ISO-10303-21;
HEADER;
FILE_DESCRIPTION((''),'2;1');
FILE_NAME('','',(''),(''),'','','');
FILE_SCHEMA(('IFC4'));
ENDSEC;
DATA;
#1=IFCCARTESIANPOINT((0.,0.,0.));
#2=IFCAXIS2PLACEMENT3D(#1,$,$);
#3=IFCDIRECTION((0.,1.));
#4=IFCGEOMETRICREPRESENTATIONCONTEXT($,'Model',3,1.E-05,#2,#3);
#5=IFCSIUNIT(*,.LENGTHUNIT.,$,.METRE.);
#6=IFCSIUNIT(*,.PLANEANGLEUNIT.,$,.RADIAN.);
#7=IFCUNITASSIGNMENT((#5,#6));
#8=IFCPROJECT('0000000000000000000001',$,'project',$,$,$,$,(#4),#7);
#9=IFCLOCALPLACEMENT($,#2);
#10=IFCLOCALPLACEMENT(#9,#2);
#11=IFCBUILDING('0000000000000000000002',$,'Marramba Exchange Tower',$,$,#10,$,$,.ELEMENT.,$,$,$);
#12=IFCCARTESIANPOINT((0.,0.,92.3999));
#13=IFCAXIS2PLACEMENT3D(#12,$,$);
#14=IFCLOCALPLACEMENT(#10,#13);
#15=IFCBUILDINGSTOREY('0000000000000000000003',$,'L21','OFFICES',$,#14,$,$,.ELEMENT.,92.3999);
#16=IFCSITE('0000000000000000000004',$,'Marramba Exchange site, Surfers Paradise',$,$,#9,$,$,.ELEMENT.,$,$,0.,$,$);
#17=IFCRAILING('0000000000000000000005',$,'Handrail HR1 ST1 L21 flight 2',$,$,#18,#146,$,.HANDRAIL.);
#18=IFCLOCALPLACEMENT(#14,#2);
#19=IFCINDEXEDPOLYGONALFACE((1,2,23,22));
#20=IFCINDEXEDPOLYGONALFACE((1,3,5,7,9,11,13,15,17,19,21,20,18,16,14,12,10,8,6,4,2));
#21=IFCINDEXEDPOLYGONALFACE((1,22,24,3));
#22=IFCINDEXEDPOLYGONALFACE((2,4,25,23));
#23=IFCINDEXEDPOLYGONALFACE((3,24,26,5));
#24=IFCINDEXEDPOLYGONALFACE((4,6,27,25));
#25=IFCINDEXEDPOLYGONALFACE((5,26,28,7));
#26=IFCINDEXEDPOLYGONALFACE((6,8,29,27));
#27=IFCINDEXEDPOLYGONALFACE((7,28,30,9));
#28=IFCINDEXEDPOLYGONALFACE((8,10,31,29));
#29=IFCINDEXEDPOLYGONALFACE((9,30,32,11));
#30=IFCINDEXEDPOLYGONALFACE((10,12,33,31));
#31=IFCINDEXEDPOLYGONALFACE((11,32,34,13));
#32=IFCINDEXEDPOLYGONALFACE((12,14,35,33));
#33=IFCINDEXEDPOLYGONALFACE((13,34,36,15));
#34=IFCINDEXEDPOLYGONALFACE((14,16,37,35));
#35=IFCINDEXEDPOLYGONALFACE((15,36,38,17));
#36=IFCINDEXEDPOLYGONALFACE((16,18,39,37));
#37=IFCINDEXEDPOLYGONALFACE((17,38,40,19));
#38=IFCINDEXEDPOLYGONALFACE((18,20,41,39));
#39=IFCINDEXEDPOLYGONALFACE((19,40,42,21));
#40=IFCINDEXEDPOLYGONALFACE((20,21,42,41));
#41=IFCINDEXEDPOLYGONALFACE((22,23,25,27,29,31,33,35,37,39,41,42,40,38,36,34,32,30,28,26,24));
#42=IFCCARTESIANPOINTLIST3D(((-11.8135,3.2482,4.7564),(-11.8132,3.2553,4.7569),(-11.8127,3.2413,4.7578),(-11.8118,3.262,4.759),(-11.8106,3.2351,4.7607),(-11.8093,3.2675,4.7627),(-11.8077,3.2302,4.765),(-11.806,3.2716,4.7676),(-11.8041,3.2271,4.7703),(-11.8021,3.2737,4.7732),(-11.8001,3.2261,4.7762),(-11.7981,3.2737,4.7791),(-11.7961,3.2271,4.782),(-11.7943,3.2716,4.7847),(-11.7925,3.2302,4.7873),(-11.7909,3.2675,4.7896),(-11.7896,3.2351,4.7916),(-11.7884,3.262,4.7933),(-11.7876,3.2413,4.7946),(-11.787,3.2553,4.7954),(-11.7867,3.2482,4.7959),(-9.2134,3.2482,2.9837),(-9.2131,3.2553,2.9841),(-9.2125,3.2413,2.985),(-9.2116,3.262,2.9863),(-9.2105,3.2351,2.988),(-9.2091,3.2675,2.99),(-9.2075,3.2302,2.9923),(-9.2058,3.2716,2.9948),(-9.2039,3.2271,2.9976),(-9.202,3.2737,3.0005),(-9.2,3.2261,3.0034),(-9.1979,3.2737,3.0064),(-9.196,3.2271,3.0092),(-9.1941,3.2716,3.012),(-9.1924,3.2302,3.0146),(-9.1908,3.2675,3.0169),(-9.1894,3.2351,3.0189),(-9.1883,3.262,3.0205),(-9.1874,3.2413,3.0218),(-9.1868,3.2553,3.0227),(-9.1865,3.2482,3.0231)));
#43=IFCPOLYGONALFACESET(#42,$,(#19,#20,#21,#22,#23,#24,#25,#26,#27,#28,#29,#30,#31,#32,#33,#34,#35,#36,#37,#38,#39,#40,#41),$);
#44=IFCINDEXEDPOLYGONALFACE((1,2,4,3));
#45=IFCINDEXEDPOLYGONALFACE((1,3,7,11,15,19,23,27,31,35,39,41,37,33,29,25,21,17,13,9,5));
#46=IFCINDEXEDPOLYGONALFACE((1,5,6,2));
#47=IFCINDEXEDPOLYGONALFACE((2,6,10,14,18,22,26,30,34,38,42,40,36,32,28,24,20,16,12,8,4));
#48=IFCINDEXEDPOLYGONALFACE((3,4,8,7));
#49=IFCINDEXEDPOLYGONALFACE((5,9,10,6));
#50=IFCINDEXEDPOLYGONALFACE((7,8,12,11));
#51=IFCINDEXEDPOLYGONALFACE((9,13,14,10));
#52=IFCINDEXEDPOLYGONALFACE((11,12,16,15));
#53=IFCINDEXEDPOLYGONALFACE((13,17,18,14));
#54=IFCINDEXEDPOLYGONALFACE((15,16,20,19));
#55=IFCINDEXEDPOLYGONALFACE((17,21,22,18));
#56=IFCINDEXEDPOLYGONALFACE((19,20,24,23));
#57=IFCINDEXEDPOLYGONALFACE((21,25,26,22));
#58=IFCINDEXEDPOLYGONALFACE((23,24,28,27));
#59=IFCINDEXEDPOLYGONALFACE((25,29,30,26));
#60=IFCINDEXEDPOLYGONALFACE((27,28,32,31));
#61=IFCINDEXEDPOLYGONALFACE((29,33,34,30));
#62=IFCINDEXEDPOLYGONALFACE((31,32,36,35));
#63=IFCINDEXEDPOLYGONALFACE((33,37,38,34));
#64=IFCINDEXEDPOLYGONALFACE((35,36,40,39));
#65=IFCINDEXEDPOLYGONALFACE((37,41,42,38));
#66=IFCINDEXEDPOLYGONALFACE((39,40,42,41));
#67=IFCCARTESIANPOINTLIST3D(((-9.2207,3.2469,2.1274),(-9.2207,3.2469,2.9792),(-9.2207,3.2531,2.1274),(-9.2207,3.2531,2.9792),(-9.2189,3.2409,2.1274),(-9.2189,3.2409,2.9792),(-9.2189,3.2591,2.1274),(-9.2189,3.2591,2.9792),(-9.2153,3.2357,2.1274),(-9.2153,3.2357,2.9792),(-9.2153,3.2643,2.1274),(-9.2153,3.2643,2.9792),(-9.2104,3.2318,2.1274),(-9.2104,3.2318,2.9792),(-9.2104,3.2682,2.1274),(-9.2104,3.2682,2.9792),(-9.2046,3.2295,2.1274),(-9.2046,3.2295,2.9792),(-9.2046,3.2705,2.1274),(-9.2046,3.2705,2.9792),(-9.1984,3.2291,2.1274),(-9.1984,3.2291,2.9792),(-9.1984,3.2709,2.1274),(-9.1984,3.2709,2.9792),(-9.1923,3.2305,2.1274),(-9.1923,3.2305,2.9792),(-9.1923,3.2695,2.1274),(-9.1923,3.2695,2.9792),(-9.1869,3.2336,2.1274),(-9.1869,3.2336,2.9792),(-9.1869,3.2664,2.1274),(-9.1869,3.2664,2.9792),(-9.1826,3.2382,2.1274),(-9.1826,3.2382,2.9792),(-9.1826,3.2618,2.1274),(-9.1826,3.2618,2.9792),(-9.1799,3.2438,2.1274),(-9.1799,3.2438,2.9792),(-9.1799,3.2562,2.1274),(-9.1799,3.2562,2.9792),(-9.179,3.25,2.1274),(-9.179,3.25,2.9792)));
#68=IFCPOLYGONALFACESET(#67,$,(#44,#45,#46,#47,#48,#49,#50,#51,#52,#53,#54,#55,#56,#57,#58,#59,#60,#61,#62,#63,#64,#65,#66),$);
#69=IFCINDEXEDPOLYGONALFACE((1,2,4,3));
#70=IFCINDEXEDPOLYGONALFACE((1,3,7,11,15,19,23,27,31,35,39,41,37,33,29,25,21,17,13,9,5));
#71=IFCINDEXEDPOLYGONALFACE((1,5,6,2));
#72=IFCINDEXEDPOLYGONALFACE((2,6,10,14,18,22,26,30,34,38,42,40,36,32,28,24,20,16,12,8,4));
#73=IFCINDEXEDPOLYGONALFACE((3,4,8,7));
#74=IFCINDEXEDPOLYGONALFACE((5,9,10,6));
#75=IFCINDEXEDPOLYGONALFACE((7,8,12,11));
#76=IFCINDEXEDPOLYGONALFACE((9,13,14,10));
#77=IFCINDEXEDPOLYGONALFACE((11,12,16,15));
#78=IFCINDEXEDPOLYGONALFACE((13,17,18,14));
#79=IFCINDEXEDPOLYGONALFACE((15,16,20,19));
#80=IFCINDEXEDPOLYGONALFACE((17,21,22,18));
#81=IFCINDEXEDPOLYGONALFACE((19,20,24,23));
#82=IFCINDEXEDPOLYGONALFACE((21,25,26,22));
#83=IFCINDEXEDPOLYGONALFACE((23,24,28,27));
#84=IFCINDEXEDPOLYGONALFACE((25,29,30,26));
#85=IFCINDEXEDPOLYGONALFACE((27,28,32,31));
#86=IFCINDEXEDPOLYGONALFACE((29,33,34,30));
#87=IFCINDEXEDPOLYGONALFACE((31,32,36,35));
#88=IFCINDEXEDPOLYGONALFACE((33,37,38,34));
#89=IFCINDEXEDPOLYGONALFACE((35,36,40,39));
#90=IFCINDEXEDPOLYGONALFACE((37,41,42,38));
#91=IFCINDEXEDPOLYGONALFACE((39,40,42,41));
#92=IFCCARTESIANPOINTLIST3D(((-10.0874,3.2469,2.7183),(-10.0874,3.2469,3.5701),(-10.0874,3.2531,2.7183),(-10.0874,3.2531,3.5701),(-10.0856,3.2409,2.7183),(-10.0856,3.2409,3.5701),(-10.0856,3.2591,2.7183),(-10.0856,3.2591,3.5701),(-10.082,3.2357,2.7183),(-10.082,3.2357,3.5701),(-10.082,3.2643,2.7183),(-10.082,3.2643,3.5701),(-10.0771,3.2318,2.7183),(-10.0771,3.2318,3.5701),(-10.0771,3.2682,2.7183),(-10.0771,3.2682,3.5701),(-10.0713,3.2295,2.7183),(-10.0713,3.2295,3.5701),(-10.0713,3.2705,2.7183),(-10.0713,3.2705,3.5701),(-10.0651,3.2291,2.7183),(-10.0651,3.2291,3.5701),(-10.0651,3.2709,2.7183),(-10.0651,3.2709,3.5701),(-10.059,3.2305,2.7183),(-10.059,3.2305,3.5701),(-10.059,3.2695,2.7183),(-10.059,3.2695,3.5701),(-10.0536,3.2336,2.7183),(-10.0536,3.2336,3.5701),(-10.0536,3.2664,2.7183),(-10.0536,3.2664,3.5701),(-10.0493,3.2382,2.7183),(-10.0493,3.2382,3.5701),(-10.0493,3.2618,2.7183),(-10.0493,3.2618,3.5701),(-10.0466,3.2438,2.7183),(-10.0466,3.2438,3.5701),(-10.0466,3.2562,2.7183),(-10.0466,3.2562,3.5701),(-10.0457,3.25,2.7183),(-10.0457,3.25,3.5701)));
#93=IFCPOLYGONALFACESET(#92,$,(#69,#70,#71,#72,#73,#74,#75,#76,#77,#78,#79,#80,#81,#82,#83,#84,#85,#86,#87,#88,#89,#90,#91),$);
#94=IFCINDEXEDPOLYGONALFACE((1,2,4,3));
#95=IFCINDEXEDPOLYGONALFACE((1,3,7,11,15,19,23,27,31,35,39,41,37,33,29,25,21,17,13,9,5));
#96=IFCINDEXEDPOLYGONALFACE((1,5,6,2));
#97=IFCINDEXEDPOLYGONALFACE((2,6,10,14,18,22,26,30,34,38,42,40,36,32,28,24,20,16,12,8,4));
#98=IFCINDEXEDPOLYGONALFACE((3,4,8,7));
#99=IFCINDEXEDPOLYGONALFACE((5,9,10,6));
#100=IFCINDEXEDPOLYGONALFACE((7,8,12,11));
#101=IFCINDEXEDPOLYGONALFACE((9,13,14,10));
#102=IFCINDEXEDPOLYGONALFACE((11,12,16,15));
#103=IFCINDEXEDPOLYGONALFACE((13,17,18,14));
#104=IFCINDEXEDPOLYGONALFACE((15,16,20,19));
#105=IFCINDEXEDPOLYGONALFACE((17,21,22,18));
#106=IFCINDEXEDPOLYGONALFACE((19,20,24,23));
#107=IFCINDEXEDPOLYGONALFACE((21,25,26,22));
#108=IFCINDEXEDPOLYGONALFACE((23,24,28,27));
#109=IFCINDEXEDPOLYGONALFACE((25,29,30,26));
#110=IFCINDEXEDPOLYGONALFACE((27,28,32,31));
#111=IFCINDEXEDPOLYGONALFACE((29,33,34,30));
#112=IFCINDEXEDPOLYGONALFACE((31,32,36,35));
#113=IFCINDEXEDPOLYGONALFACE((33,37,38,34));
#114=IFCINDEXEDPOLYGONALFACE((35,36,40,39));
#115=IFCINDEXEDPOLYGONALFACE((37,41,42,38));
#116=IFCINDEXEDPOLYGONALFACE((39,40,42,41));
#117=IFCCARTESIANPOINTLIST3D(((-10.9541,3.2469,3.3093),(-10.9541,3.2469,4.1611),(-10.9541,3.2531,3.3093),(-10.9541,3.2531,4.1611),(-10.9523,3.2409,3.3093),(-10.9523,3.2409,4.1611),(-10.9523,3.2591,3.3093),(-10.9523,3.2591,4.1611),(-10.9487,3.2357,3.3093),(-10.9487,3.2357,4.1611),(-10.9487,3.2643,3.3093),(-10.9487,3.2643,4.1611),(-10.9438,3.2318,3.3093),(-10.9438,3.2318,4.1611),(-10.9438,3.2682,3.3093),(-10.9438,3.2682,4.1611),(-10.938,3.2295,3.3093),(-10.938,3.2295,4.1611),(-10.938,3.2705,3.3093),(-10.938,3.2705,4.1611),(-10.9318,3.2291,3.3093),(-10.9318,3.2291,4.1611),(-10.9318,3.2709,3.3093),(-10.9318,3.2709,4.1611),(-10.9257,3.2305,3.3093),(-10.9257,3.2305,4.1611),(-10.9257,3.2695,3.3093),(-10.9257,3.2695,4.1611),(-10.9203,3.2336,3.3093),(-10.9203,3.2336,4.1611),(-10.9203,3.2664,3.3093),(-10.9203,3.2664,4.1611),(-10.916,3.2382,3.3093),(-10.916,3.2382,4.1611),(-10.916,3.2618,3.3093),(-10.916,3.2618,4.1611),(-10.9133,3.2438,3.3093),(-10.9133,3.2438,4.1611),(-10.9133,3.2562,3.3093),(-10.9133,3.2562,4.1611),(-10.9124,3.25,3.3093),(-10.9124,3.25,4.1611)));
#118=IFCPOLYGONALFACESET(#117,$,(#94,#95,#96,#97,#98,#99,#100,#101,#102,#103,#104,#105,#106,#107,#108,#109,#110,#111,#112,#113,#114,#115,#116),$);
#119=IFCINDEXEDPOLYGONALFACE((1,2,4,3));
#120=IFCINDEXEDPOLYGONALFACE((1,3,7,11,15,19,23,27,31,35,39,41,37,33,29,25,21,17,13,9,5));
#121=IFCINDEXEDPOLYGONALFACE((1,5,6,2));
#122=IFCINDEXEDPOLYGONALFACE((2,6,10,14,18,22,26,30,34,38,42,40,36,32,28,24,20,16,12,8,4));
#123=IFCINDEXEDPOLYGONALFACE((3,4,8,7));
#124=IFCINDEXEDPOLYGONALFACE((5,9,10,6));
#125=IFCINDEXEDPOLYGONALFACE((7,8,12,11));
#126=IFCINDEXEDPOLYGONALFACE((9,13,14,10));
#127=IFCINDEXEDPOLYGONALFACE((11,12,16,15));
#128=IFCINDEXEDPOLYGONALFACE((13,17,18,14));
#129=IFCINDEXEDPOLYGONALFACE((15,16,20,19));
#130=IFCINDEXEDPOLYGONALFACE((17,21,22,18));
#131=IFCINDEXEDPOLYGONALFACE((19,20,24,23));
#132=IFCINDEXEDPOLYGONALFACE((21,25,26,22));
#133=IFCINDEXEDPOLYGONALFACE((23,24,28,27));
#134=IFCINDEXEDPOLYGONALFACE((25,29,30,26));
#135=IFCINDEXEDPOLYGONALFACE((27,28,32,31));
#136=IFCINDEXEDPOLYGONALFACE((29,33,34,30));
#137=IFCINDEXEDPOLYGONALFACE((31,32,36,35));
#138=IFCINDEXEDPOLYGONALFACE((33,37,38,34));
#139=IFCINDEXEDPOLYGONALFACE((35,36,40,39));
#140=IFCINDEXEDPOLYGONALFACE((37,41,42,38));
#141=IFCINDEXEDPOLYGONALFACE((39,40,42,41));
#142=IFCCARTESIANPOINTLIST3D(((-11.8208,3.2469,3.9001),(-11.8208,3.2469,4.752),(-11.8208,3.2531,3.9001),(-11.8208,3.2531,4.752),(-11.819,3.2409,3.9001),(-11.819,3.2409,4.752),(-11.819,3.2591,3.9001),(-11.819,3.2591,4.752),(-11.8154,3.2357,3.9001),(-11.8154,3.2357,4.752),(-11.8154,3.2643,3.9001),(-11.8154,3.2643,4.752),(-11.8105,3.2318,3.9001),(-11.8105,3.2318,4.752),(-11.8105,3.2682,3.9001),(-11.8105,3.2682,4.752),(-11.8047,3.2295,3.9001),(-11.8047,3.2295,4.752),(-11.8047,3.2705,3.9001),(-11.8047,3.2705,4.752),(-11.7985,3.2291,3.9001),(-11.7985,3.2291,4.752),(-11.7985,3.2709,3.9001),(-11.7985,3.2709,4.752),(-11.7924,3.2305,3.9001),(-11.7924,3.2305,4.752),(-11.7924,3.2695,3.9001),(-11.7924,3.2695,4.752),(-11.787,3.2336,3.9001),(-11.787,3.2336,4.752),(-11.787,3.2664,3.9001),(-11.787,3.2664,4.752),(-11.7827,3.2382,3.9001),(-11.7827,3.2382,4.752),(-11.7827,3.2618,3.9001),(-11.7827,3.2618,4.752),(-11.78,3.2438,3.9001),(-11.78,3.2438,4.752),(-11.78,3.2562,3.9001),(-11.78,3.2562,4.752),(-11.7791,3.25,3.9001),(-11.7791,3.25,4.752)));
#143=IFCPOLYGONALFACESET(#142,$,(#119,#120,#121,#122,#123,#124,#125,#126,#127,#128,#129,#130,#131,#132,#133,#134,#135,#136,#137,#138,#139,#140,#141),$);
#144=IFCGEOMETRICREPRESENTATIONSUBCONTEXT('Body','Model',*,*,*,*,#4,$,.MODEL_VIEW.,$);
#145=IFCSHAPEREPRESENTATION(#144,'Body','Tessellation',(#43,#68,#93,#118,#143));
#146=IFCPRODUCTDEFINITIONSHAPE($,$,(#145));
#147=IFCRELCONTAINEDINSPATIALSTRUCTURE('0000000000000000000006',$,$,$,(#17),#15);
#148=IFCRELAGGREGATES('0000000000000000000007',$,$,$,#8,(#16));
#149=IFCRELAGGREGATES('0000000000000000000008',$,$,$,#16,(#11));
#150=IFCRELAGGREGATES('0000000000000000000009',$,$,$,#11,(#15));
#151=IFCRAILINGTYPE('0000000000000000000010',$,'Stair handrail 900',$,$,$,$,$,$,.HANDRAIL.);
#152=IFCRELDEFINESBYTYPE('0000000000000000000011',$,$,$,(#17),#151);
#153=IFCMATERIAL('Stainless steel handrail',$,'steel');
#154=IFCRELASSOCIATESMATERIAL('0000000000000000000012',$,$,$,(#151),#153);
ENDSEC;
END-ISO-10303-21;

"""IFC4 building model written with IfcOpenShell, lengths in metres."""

from ifc_helpers import new_model, si_unit, direction, frame, origin, origin_2d, place, context, subcontext, project, spatial, circle, extrude, material, type_object, element, save


model = new_model("IFC4")

# Units and contexts
model_context = context("Model", 3, precision=1e-05, world=origin(), true_north=direction((0.0, 1.0)))
body_context = subcontext(model_context, "Body", "Model", "MODEL_VIEW")
ifc_project = project(units=[si_unit("LENGTHUNIT", "METRE"), si_unit("PLANEANGLEUNIT", "RADIAN")], contexts=[model_context])

# Site, building, storey
site_placement = place(None, origin())
site = spatial("IfcSite", under=ifc_project, at=site_placement, Name="Marramba Exchange site, Surfers Paradise", CompositionType="ELEMENT", RefElevation=0.0)
building_placement = place(site_placement, origin())
building = spatial("IfcBuilding", under=site, at=building_placement, Name="Marramba Exchange Tower", CompositionType="ELEMENT")
storey_placement = place(building_placement, frame((0.0, 0.0, 92.3999)))
storey = spatial("IfcBuildingStorey", under=building, at=storey_placement, Name="L21", Description="OFFICES", CompositionType="ELEMENT", Elevation=92.3999)

# Railing
ifc_material_1 = material(Name="Stainless steel handrail", Category="steel")
railing_type = type_object("IfcRailingType", Name="Stair handrail 900", PredefinedType="HANDRAIL", material=ifc_material_1)
railing_placement = place(storey_placement, frame((-9.2, 3.25, 2.1274)))
element("IfcRailing", 1, at=railing_placement, inside=storey, type_object=railing_type, Name="Handrail HR1 ST1 L21 flight 2", PredefinedType="HANDRAIL", context=body_context, shape_type="SweptSolid", body=[
    extrude(circle(Radius=0.0239, at=origin_2d()), frame((0.0, 0.0, 0.876), z_axis=(-0.82624, 0.0, 0.563318), x_axis=(0.0, -1.0, 0.0)), (0.0, 0.0, 1.0), 3.147),
    extrude(circle(Radius=0.021, at=origin_2d()), origin(), (0.0, 0.0, 1.0), 0.8518),
    extrude(circle(Radius=0.021, at=origin_2d()), frame((-0.8667, 0.0, 0.5908)), (0.0, 0.0, 1.0), 0.8518),
    extrude(circle(Radius=0.021, at=origin_2d()), frame((-1.7334, 0.0, 1.1819)), (0.0, 0.0, 1.0), 0.8518),
    extrude(circle(Radius=0.021, at=origin_2d()), frame((-2.6001, 0.0, 1.7727)), (0.0, 0.0, 1.0), 0.8518),
])

save(model, "model.ifc")
